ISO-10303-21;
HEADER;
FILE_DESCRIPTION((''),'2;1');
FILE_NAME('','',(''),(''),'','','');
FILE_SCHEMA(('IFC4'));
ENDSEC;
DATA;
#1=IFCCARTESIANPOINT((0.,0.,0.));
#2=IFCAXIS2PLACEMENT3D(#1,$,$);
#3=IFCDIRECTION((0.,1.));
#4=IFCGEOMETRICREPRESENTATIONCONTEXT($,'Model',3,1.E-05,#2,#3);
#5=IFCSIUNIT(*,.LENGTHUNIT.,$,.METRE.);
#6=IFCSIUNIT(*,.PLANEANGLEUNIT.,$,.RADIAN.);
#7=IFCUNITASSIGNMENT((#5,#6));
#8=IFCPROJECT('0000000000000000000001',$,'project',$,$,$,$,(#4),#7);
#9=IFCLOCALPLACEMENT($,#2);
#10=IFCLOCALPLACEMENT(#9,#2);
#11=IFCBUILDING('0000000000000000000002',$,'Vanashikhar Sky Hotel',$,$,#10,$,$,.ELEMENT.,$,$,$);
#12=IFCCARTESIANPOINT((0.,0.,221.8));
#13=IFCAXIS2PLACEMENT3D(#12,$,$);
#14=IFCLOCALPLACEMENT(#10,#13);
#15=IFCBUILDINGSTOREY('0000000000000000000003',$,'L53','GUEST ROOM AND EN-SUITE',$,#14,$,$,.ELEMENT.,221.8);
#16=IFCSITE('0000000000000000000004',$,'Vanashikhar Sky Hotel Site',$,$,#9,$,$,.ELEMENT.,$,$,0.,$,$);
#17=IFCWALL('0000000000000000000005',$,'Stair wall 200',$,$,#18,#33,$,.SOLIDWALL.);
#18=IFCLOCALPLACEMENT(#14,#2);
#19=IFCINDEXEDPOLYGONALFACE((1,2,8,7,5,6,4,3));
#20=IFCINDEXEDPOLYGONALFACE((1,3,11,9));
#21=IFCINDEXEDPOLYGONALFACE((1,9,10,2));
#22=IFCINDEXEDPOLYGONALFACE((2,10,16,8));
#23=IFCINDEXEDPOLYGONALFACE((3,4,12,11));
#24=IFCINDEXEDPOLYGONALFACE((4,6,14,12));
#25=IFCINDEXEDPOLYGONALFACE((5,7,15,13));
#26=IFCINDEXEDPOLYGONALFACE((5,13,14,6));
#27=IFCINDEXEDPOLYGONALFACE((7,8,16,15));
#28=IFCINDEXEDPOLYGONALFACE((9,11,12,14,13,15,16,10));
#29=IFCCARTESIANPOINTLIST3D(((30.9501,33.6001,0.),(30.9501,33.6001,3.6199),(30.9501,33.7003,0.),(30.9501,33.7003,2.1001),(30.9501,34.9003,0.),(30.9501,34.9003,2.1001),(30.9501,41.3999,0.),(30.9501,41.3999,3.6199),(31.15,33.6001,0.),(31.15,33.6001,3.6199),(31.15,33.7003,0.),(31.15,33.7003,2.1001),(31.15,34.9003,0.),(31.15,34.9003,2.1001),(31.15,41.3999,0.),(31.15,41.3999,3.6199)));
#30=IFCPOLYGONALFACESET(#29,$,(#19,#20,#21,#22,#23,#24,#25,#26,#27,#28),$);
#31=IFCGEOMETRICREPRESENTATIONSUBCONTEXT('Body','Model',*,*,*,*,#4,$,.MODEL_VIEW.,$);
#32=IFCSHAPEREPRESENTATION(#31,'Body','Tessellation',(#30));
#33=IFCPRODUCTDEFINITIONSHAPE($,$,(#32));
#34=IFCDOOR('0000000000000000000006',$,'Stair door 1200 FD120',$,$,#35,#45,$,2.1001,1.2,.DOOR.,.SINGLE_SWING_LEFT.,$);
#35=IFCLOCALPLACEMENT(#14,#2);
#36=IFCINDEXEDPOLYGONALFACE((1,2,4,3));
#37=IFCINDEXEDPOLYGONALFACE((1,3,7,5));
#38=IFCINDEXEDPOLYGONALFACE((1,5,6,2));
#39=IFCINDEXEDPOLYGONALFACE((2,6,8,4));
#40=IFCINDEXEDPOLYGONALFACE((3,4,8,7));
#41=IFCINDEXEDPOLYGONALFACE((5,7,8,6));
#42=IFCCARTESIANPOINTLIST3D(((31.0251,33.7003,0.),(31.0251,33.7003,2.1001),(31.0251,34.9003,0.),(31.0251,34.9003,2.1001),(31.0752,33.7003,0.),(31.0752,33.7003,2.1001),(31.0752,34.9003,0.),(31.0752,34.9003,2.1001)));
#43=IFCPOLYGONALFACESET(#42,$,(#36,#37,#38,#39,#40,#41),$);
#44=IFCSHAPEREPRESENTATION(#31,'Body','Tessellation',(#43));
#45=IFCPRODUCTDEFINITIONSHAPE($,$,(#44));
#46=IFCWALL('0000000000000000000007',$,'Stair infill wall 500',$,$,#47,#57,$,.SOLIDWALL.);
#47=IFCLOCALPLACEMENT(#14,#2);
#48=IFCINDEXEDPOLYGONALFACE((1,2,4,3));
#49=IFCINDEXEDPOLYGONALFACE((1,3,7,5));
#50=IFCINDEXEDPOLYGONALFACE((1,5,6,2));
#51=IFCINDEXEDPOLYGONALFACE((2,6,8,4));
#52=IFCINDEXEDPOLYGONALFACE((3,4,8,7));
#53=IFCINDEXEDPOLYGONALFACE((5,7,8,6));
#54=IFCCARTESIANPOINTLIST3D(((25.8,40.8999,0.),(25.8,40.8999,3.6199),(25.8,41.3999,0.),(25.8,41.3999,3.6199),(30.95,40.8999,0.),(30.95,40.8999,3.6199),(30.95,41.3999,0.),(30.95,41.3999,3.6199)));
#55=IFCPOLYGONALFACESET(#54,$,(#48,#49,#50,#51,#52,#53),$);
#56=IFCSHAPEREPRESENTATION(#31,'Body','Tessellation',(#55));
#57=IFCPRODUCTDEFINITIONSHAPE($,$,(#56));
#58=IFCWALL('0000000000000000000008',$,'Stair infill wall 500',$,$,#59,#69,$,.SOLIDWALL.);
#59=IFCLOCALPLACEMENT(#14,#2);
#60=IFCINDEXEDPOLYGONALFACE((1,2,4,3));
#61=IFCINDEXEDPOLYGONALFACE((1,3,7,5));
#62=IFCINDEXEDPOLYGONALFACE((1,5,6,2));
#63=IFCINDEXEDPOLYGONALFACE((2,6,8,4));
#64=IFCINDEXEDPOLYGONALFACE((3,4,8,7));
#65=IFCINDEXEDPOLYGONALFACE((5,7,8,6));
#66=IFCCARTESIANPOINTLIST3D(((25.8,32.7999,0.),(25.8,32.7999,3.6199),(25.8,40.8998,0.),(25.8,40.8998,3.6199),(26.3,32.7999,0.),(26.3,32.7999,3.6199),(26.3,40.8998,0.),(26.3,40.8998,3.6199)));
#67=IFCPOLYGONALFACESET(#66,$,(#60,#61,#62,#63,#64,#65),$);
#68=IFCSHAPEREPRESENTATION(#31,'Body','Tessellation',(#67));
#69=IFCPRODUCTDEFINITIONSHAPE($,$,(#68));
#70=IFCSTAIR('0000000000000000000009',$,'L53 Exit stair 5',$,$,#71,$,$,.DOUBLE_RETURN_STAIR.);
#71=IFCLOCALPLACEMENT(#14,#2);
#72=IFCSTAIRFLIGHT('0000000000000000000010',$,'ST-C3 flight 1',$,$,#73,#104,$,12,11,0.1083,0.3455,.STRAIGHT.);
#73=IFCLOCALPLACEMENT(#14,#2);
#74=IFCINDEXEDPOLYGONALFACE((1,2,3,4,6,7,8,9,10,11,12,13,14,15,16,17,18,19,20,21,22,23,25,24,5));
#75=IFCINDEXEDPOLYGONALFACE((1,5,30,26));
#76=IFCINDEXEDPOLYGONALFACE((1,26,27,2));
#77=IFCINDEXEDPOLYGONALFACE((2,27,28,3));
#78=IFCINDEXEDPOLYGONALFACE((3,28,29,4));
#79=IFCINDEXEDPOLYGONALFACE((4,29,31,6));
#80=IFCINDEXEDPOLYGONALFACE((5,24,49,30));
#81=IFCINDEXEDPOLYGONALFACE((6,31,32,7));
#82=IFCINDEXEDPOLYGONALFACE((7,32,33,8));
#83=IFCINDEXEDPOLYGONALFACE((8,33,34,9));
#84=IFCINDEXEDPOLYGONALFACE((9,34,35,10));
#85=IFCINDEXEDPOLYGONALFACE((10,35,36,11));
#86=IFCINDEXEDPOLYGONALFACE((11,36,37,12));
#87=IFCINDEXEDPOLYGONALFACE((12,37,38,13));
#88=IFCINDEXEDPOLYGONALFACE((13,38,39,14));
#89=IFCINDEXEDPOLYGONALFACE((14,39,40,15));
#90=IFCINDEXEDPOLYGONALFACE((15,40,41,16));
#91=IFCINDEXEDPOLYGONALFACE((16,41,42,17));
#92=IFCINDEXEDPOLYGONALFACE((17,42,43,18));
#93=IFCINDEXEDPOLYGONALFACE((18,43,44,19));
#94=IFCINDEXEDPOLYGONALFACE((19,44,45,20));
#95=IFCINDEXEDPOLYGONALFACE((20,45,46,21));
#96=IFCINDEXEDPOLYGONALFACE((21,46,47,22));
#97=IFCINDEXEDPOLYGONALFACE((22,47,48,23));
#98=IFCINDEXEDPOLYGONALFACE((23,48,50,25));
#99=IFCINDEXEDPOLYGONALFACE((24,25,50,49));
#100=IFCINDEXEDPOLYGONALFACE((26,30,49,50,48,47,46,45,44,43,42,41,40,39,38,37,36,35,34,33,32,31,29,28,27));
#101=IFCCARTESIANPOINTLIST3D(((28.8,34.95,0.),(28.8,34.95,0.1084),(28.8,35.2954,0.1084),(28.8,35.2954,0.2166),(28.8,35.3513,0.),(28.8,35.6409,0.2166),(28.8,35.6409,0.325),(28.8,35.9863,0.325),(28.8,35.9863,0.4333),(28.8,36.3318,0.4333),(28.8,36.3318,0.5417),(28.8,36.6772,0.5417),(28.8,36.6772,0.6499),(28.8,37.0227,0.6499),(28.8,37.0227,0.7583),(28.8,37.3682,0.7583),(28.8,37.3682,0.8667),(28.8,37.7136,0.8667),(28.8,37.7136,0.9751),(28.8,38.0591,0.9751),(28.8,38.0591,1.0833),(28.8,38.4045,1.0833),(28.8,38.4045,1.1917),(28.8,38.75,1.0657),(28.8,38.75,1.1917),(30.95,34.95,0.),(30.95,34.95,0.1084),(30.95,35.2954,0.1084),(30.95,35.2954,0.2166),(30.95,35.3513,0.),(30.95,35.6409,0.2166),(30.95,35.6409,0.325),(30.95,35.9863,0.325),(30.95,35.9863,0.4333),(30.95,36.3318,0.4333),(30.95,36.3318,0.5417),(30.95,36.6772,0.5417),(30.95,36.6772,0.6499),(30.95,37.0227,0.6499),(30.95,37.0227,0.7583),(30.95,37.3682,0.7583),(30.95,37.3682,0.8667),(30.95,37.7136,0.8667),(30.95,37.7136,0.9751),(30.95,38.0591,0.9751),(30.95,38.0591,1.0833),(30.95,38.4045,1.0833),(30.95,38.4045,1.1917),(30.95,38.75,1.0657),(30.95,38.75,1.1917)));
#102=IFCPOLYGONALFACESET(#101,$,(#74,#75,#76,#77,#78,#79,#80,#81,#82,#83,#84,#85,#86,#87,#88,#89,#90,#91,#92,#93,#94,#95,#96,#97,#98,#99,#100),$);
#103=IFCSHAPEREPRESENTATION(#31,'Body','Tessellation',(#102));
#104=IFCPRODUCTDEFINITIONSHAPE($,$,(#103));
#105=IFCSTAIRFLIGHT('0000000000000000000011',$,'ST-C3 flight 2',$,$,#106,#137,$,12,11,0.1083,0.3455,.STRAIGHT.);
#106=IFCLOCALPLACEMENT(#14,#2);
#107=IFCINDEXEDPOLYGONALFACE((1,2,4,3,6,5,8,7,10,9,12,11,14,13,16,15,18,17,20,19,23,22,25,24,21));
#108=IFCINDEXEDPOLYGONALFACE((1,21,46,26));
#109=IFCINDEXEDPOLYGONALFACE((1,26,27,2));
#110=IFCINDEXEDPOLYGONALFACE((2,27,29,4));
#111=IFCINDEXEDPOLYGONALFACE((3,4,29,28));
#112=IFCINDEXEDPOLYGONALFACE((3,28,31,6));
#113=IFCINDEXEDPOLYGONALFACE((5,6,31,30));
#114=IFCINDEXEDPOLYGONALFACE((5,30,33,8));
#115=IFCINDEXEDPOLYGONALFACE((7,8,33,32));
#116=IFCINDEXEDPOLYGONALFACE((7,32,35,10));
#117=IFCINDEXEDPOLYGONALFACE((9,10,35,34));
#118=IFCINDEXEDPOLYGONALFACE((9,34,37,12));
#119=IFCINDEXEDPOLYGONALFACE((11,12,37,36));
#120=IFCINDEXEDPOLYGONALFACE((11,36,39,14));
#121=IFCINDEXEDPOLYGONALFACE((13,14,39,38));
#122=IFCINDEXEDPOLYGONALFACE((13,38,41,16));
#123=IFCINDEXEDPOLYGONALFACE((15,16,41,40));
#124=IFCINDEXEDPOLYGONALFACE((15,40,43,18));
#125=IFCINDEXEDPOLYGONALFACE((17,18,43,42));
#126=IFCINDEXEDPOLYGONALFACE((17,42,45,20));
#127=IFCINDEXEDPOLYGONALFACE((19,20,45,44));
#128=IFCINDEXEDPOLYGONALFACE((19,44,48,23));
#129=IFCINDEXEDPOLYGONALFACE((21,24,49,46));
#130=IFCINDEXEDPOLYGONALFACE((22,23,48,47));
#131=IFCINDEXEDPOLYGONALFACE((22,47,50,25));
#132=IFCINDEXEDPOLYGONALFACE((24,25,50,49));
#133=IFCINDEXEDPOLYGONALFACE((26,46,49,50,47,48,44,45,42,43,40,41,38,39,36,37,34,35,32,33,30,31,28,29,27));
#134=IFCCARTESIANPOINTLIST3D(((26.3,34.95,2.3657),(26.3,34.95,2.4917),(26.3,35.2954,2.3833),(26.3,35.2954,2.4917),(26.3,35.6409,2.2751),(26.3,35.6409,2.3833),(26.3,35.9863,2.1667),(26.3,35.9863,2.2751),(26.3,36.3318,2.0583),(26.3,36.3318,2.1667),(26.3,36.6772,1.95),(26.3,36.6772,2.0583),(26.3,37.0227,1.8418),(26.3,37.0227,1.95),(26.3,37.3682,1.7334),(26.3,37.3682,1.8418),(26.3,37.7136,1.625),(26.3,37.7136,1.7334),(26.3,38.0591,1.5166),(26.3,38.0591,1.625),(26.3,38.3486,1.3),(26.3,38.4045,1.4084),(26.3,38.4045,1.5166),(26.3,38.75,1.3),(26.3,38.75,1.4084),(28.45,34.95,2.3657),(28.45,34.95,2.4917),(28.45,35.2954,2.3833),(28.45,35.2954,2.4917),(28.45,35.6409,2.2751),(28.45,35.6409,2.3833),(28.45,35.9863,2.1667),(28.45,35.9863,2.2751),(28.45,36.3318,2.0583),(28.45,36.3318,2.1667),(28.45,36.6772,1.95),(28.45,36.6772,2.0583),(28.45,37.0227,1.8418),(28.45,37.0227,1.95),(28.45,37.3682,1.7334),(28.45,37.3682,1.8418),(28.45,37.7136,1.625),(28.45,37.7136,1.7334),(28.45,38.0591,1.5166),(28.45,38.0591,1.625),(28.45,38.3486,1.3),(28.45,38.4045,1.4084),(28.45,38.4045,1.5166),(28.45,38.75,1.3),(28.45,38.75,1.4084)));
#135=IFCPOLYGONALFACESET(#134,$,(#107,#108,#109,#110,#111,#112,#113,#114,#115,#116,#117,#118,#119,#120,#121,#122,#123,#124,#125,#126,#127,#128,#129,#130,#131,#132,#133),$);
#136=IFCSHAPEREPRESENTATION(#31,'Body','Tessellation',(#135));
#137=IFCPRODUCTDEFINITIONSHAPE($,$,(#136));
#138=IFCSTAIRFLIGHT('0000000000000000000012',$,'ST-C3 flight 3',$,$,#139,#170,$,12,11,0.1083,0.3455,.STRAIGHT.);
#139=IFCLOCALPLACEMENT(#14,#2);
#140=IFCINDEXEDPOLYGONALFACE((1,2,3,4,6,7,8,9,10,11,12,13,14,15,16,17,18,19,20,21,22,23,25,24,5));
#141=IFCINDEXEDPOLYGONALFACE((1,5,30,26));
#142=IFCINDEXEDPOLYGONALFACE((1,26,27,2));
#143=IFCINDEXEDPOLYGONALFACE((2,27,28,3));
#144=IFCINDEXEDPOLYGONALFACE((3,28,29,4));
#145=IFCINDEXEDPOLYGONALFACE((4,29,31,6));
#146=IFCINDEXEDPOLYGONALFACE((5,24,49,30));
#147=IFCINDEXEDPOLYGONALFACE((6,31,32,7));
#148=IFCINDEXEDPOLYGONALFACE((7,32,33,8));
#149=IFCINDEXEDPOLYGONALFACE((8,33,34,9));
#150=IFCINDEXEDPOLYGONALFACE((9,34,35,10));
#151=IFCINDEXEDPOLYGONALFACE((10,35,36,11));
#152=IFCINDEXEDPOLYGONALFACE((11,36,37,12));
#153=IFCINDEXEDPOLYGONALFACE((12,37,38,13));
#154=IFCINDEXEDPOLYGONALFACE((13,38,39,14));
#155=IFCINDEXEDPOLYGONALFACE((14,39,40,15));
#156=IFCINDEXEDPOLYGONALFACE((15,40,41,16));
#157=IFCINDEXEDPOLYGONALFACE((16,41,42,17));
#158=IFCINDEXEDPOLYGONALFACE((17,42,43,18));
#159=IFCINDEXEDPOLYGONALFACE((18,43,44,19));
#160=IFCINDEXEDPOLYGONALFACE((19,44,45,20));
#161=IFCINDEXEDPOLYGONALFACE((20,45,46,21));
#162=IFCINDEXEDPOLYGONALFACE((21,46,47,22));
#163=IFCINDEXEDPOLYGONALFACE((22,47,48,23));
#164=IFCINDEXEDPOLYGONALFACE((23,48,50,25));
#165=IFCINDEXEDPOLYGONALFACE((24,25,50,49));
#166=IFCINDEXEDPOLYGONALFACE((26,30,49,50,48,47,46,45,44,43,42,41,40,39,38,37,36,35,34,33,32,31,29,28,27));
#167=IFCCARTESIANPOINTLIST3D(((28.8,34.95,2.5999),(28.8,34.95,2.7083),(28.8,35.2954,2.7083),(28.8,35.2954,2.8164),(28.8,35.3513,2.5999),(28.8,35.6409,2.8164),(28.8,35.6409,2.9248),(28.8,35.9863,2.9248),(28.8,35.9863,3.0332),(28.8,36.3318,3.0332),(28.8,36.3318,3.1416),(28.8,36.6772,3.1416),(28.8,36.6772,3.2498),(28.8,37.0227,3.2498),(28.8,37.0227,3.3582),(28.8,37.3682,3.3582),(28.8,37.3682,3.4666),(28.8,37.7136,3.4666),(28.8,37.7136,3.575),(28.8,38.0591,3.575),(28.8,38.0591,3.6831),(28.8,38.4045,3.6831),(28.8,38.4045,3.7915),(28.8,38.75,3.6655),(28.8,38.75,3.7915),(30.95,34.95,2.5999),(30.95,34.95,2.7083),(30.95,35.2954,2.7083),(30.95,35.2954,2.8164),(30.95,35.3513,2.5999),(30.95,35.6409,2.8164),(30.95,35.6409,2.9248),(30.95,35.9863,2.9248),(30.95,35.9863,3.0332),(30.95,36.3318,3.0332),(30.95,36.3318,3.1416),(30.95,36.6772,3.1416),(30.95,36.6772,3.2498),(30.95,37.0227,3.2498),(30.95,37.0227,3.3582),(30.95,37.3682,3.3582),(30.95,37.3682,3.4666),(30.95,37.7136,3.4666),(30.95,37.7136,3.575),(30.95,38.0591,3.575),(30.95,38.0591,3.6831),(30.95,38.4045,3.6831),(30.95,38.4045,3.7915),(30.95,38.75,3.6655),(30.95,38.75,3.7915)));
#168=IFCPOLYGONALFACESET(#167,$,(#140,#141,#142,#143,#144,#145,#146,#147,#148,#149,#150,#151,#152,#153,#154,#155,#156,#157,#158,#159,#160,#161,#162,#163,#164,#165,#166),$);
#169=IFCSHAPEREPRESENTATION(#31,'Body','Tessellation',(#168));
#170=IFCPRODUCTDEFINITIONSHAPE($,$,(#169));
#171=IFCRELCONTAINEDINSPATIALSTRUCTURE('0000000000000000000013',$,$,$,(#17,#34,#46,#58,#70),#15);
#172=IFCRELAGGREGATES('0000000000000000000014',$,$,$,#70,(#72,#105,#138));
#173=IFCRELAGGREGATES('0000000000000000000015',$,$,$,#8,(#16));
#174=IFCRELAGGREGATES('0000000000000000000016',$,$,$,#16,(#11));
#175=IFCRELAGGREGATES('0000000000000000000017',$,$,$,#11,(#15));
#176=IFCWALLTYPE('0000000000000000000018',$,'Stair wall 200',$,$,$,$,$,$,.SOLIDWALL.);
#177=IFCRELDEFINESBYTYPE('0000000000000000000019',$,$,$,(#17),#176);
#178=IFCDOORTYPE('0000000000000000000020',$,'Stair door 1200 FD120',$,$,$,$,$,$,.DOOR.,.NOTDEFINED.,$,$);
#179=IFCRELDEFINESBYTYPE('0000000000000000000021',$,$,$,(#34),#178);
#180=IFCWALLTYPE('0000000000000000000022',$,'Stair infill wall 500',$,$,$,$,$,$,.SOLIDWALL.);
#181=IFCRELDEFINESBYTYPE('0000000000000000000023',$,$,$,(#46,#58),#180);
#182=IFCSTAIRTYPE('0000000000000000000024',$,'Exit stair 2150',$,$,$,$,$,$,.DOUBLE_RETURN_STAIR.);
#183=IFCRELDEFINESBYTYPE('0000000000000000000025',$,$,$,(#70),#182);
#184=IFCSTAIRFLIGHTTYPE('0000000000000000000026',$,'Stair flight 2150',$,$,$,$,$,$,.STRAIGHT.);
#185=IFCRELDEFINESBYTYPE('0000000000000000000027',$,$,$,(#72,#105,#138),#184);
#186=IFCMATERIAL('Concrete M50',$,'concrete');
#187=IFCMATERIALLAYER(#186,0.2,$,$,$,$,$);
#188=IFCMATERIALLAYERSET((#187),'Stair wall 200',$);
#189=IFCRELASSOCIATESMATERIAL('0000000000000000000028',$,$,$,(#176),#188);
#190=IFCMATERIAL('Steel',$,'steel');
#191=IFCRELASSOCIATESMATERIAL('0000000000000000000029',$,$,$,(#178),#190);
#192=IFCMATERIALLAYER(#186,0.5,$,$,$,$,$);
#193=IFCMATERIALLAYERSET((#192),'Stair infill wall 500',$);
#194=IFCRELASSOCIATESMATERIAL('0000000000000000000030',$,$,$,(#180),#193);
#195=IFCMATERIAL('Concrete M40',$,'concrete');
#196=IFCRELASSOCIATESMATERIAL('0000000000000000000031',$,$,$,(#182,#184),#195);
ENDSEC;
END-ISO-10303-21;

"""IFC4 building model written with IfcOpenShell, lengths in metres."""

from ifc_helpers import new_model, si_unit, direction, frame, frame_2d, origin, place, context, subcontext, project, spatial, polyline, rectangle, outline, extrude, source, transform, mapped, material, layer, layer_set, type_object, element, fill, aggregate, save


model = new_model("IFC4")

# Units and contexts
model_context = context("Model", 3, precision=1e-05, world=origin(), true_north=direction((0.0, 1.0)))
body_context = subcontext(model_context, "Body", "Model", "MODEL_VIEW")
ifc_project = project(units=[si_unit("LENGTHUNIT", "METRE"), si_unit("PLANEANGLEUNIT", "RADIAN")], contexts=[model_context])

# Site, building, storey
site_placement = place(None, origin())
site = spatial("IfcSite", under=ifc_project, at=site_placement, Name="Vanashikhar Sky Hotel Site", CompositionType="ELEMENT", RefElevation=0.0)
building_placement = place(site_placement, origin())
building = spatial("IfcBuilding", under=site, at=building_placement, Name="Vanashikhar Sky Hotel", CompositionType="ELEMENT")
storey_placement = place(building_placement, frame((0.0, 0.0, 221.8)))
storey = spatial("IfcBuildingStorey", under=building, at=storey_placement, Name="L53", Description="GUEST ROOM AND EN-SUITE", CompositionType="ELEMENT", Elevation=221.8)

# Shared definitions
ifc_material_1 = material(Name="Steel", Category="steel")

# Shared definitions
ifc_material_2 = material(Name="Concrete M40", Category="concrete")

# Wall, opening, door
ifc_material_3 = material(Name="Concrete M50", Category="concrete")
ifc_layer_1 = layer(ifc_material_3, 0.2)
ifc_layer_set_1 = layer_set([ifc_layer_1], Name="Stair wall 200")
wall_type_1 = type_object("IfcWallType", Name="Stair wall 200", PredefinedType="SOLIDWALL", material=ifc_layer_set_1)
shared_shape_1 = source(origin(), body_context, "Body", "SweptSolid", [
    extrude(rectangle(XDim=7.7998, YDim=0.2, at=frame_2d((3.8999, 0.0))), origin(), (0.0, 0.0, 1.0), 3.6199),
])
wall_1_placement = place(storey_placement, frame((31.05, 33.6001, 0.0), z_axis=(0.0, 0.0, 1.0), x_axis=(0.0, 1.0, 0.0)))
wall_1 = element("IfcWall", 1, at=wall_1_placement, inside=storey, type_object=wall_type_1, Name="Stair wall 200", PredefinedType="SOLIDWALL", context=body_context, shape_type="MappedRepresentation", body=[
    mapped(shared_shape_1, transform((0.0, 0.0, 0.0), scale=1.0)),
])
shared_shape_2 = source(origin(), body_context, "Body", "SweptSolid", [
    extrude(rectangle(XDim=1.2, YDim=2.1001, at=frame_2d((0.6001, 1.05))), frame((0.0, 0.1099, 0.0), z_axis=(0.0, -1.0, 0.0), x_axis=(1.0, 0.0, 0.0)), (0.0, 0.0, 1.0), 0.22),
])
opening_1_placement = place(wall_1_placement, frame((0.1001, 0.0, 0.0)))
opening_1 = element("IfcOpeningElement", 2, at=opening_1_placement, cuts=wall_1, PredefinedType="OPENING", context=body_context, shape_type="MappedRepresentation", body=[
    mapped(shared_shape_2, transform((0.0, 0.0, 0.0), scale=1.0)),
])
door_type_1 = type_object("IfcDoorType", Name="Stair door 1200 FD120", OperationType="NOTDEFINED", PredefinedType="DOOR", material=ifc_material_1)
shared_shape_3 = source(origin(), body_context, "Body", "SweptSolid", [
    extrude(rectangle(XDim=1.2, YDim=2.1001, at=frame_2d((0.6001, 1.05))), frame((0.0, 0.0249, 0.0), z_axis=(0.0, -1.0, 0.0), x_axis=(1.0, 0.0, 0.0)), (0.0, 0.0, 1.0), 0.05),
])
door_1_placement = place(opening_1_placement, origin())
door_1 = element("IfcDoor", 3, at=door_1_placement, inside=storey, type_object=door_type_1, Name="Stair door 1200 FD120", OperationType="SINGLE_SWING_LEFT", OverallHeight=2.1001, OverallWidth=1.2, PredefinedType="DOOR", context=body_context, shape_type="MappedRepresentation", body=[
    mapped(shared_shape_3, transform((0.0, 0.0, 0.0), scale=1.0)),
])
fill(opening_1, door_1)

# Walls
ifc_layer_2 = layer(ifc_material_3, 0.5)
ifc_layer_set_2 = layer_set([ifc_layer_2], Name="Stair infill wall 500")
wall_type_2 = type_object("IfcWallType", Name="Stair infill wall 500", PredefinedType="SOLIDWALL", material=ifc_layer_set_2)
shared_shape_4 = source(origin(), body_context, "Body", "SweptSolid", [
    extrude(rectangle(XDim=5.1499, YDim=0.5, at=frame_2d((2.575, 0.0))), origin(), (0.0, 0.0, 1.0), 3.6199),
])
wall_2_placement = place(storey_placement, frame((25.8, 41.1499, 0.0), z_axis=(0.0, 0.0, 1.0), x_axis=(1.0, 0.0, 0.0)))
element("IfcWall", 4, at=wall_2_placement, inside=storey, type_object=wall_type_2, Name="Stair infill wall 500", PredefinedType="SOLIDWALL", context=body_context, shape_type="MappedRepresentation", body=[
    mapped(shared_shape_4, transform((0.0, 0.0, 0.0), scale=1.0)),
])
shared_shape_5 = source(origin(), body_context, "Body", "SweptSolid", [
    extrude(rectangle(XDim=8.0999, YDim=0.5, at=frame_2d((4.0498, 0.0))), origin(), (0.0, 0.0, 1.0), 3.6199),
])
wall_3_placement = place(storey_placement, frame((26.05, 32.8, 0.0), z_axis=(0.0, 0.0, 1.0), x_axis=(0.0, 1.0, 0.0)))
element("IfcWall", 5, at=wall_3_placement, inside=storey, type_object=wall_type_2, Name="Stair infill wall 500", PredefinedType="SOLIDWALL", context=body_context, shape_type="MappedRepresentation", body=[
    mapped(shared_shape_5, transform((0.0, 0.0, 0.0), scale=1.0)),
])

# Stair, stair flights
stair_type = type_object("IfcStairType", Name="Exit stair 2150", PredefinedType="DOUBLE_RETURN_STAIR", material=ifc_material_2)
stair_placement = place(storey_placement, origin())
stair = element("IfcStair", 6, at=stair_placement, inside=storey, type_object=stair_type, Name="L53 Exit stair 5", PredefinedType="DOUBLE_RETURN_STAIR")
stair_flight_type = type_object("IfcStairFlightType", Name="Stair flight 2150", PredefinedType="STRAIGHT", material=ifc_material_2)
shared_shape_6 = source(origin(), body_context, "Body", "SweptSolid", [
    extrude(outline(polyline([(0.0, 0.0), (0.0, 0.1084), (0.3455, 0.1084), (0.3455, 0.2166), (0.6909, 0.2166), (0.6909, 0.325), (1.0364, 0.325), (1.0364, 0.4333), (1.3818, 0.4333), (1.3818, 0.5417), (1.7273, 0.5417), (1.7273, 0.6499), (2.0728, 0.6499), (2.0728, 0.7583), (2.4182, 0.7583), (2.4182, 0.8667), (2.7637, 0.8667), (2.7637, 0.9751), (3.1091, 0.9751), (3.1091, 1.0833), (3.4546, 1.0833), (3.4546, 1.1917), (3.8, 1.1917), (3.8, 1.3), (3.8, 1.0657), (0.4014, 0.0), (0.0, 0.0)])), frame((0.0, 1.075, 0.0), z_axis=(0.0, -1.0, 0.0), x_axis=(1.0, 0.0, 0.0)), (0.0, 0.0, 1.0), 2.1499),
])
stair_flight_1_placement = place(storey_placement, frame((29.875, 34.95, 0.0), z_axis=(0.0, 0.0, 1.0), x_axis=(0.0, 1.0, 0.0)))
stair_flight_1 = element("IfcStairFlight", 7, at=stair_flight_1_placement, type_object=stair_flight_type, Name="ST-C3 flight 1", NumberOfRisers=12, NumberOfTreads=11, PredefinedType="STRAIGHT", RiserHeight=0.1083, TreadLength=0.3455, context=body_context, shape_type="MappedRepresentation", body=[
    mapped(shared_shape_6, transform((0.0, 0.0, 0.0), scale=1.0)),
])
stair_flight_2_placement = place(storey_placement, frame((27.375, 38.75, 1.3), z_axis=(0.0, 0.0, 1.0), x_axis=(0.0, -1.0, 0.0)))
stair_flight_2 = element("IfcStairFlight", 8, at=stair_flight_2_placement, type_object=stair_flight_type, Name="ST-C3 flight 2", NumberOfRisers=12, NumberOfTreads=11, PredefinedType="STRAIGHT", RiserHeight=0.1083, TreadLength=0.3455, context=body_context, shape_type="MappedRepresentation", body=[
    mapped(shared_shape_6, transform((0.0, 0.0, 0.0), scale=1.0)),
])
stair_flight_3_placement = place(storey_placement, frame((29.875, 34.95, 2.5999), z_axis=(0.0, 0.0, 1.0), x_axis=(0.0, 1.0, 0.0)))
stair_flight_3 = element("IfcStairFlight", 9, at=stair_flight_3_placement, type_object=stair_flight_type, Name="ST-C3 flight 3", NumberOfRisers=12, NumberOfTreads=11, PredefinedType="STRAIGHT", RiserHeight=0.1083, TreadLength=0.3455, context=body_context, shape_type="MappedRepresentation", body=[
    mapped(shared_shape_6, transform((0.0, 0.0, 0.0), scale=1.0)),
])
aggregate(stair, [stair_flight_1, stair_flight_2, stair_flight_3])

save(model, "model.ifc")
